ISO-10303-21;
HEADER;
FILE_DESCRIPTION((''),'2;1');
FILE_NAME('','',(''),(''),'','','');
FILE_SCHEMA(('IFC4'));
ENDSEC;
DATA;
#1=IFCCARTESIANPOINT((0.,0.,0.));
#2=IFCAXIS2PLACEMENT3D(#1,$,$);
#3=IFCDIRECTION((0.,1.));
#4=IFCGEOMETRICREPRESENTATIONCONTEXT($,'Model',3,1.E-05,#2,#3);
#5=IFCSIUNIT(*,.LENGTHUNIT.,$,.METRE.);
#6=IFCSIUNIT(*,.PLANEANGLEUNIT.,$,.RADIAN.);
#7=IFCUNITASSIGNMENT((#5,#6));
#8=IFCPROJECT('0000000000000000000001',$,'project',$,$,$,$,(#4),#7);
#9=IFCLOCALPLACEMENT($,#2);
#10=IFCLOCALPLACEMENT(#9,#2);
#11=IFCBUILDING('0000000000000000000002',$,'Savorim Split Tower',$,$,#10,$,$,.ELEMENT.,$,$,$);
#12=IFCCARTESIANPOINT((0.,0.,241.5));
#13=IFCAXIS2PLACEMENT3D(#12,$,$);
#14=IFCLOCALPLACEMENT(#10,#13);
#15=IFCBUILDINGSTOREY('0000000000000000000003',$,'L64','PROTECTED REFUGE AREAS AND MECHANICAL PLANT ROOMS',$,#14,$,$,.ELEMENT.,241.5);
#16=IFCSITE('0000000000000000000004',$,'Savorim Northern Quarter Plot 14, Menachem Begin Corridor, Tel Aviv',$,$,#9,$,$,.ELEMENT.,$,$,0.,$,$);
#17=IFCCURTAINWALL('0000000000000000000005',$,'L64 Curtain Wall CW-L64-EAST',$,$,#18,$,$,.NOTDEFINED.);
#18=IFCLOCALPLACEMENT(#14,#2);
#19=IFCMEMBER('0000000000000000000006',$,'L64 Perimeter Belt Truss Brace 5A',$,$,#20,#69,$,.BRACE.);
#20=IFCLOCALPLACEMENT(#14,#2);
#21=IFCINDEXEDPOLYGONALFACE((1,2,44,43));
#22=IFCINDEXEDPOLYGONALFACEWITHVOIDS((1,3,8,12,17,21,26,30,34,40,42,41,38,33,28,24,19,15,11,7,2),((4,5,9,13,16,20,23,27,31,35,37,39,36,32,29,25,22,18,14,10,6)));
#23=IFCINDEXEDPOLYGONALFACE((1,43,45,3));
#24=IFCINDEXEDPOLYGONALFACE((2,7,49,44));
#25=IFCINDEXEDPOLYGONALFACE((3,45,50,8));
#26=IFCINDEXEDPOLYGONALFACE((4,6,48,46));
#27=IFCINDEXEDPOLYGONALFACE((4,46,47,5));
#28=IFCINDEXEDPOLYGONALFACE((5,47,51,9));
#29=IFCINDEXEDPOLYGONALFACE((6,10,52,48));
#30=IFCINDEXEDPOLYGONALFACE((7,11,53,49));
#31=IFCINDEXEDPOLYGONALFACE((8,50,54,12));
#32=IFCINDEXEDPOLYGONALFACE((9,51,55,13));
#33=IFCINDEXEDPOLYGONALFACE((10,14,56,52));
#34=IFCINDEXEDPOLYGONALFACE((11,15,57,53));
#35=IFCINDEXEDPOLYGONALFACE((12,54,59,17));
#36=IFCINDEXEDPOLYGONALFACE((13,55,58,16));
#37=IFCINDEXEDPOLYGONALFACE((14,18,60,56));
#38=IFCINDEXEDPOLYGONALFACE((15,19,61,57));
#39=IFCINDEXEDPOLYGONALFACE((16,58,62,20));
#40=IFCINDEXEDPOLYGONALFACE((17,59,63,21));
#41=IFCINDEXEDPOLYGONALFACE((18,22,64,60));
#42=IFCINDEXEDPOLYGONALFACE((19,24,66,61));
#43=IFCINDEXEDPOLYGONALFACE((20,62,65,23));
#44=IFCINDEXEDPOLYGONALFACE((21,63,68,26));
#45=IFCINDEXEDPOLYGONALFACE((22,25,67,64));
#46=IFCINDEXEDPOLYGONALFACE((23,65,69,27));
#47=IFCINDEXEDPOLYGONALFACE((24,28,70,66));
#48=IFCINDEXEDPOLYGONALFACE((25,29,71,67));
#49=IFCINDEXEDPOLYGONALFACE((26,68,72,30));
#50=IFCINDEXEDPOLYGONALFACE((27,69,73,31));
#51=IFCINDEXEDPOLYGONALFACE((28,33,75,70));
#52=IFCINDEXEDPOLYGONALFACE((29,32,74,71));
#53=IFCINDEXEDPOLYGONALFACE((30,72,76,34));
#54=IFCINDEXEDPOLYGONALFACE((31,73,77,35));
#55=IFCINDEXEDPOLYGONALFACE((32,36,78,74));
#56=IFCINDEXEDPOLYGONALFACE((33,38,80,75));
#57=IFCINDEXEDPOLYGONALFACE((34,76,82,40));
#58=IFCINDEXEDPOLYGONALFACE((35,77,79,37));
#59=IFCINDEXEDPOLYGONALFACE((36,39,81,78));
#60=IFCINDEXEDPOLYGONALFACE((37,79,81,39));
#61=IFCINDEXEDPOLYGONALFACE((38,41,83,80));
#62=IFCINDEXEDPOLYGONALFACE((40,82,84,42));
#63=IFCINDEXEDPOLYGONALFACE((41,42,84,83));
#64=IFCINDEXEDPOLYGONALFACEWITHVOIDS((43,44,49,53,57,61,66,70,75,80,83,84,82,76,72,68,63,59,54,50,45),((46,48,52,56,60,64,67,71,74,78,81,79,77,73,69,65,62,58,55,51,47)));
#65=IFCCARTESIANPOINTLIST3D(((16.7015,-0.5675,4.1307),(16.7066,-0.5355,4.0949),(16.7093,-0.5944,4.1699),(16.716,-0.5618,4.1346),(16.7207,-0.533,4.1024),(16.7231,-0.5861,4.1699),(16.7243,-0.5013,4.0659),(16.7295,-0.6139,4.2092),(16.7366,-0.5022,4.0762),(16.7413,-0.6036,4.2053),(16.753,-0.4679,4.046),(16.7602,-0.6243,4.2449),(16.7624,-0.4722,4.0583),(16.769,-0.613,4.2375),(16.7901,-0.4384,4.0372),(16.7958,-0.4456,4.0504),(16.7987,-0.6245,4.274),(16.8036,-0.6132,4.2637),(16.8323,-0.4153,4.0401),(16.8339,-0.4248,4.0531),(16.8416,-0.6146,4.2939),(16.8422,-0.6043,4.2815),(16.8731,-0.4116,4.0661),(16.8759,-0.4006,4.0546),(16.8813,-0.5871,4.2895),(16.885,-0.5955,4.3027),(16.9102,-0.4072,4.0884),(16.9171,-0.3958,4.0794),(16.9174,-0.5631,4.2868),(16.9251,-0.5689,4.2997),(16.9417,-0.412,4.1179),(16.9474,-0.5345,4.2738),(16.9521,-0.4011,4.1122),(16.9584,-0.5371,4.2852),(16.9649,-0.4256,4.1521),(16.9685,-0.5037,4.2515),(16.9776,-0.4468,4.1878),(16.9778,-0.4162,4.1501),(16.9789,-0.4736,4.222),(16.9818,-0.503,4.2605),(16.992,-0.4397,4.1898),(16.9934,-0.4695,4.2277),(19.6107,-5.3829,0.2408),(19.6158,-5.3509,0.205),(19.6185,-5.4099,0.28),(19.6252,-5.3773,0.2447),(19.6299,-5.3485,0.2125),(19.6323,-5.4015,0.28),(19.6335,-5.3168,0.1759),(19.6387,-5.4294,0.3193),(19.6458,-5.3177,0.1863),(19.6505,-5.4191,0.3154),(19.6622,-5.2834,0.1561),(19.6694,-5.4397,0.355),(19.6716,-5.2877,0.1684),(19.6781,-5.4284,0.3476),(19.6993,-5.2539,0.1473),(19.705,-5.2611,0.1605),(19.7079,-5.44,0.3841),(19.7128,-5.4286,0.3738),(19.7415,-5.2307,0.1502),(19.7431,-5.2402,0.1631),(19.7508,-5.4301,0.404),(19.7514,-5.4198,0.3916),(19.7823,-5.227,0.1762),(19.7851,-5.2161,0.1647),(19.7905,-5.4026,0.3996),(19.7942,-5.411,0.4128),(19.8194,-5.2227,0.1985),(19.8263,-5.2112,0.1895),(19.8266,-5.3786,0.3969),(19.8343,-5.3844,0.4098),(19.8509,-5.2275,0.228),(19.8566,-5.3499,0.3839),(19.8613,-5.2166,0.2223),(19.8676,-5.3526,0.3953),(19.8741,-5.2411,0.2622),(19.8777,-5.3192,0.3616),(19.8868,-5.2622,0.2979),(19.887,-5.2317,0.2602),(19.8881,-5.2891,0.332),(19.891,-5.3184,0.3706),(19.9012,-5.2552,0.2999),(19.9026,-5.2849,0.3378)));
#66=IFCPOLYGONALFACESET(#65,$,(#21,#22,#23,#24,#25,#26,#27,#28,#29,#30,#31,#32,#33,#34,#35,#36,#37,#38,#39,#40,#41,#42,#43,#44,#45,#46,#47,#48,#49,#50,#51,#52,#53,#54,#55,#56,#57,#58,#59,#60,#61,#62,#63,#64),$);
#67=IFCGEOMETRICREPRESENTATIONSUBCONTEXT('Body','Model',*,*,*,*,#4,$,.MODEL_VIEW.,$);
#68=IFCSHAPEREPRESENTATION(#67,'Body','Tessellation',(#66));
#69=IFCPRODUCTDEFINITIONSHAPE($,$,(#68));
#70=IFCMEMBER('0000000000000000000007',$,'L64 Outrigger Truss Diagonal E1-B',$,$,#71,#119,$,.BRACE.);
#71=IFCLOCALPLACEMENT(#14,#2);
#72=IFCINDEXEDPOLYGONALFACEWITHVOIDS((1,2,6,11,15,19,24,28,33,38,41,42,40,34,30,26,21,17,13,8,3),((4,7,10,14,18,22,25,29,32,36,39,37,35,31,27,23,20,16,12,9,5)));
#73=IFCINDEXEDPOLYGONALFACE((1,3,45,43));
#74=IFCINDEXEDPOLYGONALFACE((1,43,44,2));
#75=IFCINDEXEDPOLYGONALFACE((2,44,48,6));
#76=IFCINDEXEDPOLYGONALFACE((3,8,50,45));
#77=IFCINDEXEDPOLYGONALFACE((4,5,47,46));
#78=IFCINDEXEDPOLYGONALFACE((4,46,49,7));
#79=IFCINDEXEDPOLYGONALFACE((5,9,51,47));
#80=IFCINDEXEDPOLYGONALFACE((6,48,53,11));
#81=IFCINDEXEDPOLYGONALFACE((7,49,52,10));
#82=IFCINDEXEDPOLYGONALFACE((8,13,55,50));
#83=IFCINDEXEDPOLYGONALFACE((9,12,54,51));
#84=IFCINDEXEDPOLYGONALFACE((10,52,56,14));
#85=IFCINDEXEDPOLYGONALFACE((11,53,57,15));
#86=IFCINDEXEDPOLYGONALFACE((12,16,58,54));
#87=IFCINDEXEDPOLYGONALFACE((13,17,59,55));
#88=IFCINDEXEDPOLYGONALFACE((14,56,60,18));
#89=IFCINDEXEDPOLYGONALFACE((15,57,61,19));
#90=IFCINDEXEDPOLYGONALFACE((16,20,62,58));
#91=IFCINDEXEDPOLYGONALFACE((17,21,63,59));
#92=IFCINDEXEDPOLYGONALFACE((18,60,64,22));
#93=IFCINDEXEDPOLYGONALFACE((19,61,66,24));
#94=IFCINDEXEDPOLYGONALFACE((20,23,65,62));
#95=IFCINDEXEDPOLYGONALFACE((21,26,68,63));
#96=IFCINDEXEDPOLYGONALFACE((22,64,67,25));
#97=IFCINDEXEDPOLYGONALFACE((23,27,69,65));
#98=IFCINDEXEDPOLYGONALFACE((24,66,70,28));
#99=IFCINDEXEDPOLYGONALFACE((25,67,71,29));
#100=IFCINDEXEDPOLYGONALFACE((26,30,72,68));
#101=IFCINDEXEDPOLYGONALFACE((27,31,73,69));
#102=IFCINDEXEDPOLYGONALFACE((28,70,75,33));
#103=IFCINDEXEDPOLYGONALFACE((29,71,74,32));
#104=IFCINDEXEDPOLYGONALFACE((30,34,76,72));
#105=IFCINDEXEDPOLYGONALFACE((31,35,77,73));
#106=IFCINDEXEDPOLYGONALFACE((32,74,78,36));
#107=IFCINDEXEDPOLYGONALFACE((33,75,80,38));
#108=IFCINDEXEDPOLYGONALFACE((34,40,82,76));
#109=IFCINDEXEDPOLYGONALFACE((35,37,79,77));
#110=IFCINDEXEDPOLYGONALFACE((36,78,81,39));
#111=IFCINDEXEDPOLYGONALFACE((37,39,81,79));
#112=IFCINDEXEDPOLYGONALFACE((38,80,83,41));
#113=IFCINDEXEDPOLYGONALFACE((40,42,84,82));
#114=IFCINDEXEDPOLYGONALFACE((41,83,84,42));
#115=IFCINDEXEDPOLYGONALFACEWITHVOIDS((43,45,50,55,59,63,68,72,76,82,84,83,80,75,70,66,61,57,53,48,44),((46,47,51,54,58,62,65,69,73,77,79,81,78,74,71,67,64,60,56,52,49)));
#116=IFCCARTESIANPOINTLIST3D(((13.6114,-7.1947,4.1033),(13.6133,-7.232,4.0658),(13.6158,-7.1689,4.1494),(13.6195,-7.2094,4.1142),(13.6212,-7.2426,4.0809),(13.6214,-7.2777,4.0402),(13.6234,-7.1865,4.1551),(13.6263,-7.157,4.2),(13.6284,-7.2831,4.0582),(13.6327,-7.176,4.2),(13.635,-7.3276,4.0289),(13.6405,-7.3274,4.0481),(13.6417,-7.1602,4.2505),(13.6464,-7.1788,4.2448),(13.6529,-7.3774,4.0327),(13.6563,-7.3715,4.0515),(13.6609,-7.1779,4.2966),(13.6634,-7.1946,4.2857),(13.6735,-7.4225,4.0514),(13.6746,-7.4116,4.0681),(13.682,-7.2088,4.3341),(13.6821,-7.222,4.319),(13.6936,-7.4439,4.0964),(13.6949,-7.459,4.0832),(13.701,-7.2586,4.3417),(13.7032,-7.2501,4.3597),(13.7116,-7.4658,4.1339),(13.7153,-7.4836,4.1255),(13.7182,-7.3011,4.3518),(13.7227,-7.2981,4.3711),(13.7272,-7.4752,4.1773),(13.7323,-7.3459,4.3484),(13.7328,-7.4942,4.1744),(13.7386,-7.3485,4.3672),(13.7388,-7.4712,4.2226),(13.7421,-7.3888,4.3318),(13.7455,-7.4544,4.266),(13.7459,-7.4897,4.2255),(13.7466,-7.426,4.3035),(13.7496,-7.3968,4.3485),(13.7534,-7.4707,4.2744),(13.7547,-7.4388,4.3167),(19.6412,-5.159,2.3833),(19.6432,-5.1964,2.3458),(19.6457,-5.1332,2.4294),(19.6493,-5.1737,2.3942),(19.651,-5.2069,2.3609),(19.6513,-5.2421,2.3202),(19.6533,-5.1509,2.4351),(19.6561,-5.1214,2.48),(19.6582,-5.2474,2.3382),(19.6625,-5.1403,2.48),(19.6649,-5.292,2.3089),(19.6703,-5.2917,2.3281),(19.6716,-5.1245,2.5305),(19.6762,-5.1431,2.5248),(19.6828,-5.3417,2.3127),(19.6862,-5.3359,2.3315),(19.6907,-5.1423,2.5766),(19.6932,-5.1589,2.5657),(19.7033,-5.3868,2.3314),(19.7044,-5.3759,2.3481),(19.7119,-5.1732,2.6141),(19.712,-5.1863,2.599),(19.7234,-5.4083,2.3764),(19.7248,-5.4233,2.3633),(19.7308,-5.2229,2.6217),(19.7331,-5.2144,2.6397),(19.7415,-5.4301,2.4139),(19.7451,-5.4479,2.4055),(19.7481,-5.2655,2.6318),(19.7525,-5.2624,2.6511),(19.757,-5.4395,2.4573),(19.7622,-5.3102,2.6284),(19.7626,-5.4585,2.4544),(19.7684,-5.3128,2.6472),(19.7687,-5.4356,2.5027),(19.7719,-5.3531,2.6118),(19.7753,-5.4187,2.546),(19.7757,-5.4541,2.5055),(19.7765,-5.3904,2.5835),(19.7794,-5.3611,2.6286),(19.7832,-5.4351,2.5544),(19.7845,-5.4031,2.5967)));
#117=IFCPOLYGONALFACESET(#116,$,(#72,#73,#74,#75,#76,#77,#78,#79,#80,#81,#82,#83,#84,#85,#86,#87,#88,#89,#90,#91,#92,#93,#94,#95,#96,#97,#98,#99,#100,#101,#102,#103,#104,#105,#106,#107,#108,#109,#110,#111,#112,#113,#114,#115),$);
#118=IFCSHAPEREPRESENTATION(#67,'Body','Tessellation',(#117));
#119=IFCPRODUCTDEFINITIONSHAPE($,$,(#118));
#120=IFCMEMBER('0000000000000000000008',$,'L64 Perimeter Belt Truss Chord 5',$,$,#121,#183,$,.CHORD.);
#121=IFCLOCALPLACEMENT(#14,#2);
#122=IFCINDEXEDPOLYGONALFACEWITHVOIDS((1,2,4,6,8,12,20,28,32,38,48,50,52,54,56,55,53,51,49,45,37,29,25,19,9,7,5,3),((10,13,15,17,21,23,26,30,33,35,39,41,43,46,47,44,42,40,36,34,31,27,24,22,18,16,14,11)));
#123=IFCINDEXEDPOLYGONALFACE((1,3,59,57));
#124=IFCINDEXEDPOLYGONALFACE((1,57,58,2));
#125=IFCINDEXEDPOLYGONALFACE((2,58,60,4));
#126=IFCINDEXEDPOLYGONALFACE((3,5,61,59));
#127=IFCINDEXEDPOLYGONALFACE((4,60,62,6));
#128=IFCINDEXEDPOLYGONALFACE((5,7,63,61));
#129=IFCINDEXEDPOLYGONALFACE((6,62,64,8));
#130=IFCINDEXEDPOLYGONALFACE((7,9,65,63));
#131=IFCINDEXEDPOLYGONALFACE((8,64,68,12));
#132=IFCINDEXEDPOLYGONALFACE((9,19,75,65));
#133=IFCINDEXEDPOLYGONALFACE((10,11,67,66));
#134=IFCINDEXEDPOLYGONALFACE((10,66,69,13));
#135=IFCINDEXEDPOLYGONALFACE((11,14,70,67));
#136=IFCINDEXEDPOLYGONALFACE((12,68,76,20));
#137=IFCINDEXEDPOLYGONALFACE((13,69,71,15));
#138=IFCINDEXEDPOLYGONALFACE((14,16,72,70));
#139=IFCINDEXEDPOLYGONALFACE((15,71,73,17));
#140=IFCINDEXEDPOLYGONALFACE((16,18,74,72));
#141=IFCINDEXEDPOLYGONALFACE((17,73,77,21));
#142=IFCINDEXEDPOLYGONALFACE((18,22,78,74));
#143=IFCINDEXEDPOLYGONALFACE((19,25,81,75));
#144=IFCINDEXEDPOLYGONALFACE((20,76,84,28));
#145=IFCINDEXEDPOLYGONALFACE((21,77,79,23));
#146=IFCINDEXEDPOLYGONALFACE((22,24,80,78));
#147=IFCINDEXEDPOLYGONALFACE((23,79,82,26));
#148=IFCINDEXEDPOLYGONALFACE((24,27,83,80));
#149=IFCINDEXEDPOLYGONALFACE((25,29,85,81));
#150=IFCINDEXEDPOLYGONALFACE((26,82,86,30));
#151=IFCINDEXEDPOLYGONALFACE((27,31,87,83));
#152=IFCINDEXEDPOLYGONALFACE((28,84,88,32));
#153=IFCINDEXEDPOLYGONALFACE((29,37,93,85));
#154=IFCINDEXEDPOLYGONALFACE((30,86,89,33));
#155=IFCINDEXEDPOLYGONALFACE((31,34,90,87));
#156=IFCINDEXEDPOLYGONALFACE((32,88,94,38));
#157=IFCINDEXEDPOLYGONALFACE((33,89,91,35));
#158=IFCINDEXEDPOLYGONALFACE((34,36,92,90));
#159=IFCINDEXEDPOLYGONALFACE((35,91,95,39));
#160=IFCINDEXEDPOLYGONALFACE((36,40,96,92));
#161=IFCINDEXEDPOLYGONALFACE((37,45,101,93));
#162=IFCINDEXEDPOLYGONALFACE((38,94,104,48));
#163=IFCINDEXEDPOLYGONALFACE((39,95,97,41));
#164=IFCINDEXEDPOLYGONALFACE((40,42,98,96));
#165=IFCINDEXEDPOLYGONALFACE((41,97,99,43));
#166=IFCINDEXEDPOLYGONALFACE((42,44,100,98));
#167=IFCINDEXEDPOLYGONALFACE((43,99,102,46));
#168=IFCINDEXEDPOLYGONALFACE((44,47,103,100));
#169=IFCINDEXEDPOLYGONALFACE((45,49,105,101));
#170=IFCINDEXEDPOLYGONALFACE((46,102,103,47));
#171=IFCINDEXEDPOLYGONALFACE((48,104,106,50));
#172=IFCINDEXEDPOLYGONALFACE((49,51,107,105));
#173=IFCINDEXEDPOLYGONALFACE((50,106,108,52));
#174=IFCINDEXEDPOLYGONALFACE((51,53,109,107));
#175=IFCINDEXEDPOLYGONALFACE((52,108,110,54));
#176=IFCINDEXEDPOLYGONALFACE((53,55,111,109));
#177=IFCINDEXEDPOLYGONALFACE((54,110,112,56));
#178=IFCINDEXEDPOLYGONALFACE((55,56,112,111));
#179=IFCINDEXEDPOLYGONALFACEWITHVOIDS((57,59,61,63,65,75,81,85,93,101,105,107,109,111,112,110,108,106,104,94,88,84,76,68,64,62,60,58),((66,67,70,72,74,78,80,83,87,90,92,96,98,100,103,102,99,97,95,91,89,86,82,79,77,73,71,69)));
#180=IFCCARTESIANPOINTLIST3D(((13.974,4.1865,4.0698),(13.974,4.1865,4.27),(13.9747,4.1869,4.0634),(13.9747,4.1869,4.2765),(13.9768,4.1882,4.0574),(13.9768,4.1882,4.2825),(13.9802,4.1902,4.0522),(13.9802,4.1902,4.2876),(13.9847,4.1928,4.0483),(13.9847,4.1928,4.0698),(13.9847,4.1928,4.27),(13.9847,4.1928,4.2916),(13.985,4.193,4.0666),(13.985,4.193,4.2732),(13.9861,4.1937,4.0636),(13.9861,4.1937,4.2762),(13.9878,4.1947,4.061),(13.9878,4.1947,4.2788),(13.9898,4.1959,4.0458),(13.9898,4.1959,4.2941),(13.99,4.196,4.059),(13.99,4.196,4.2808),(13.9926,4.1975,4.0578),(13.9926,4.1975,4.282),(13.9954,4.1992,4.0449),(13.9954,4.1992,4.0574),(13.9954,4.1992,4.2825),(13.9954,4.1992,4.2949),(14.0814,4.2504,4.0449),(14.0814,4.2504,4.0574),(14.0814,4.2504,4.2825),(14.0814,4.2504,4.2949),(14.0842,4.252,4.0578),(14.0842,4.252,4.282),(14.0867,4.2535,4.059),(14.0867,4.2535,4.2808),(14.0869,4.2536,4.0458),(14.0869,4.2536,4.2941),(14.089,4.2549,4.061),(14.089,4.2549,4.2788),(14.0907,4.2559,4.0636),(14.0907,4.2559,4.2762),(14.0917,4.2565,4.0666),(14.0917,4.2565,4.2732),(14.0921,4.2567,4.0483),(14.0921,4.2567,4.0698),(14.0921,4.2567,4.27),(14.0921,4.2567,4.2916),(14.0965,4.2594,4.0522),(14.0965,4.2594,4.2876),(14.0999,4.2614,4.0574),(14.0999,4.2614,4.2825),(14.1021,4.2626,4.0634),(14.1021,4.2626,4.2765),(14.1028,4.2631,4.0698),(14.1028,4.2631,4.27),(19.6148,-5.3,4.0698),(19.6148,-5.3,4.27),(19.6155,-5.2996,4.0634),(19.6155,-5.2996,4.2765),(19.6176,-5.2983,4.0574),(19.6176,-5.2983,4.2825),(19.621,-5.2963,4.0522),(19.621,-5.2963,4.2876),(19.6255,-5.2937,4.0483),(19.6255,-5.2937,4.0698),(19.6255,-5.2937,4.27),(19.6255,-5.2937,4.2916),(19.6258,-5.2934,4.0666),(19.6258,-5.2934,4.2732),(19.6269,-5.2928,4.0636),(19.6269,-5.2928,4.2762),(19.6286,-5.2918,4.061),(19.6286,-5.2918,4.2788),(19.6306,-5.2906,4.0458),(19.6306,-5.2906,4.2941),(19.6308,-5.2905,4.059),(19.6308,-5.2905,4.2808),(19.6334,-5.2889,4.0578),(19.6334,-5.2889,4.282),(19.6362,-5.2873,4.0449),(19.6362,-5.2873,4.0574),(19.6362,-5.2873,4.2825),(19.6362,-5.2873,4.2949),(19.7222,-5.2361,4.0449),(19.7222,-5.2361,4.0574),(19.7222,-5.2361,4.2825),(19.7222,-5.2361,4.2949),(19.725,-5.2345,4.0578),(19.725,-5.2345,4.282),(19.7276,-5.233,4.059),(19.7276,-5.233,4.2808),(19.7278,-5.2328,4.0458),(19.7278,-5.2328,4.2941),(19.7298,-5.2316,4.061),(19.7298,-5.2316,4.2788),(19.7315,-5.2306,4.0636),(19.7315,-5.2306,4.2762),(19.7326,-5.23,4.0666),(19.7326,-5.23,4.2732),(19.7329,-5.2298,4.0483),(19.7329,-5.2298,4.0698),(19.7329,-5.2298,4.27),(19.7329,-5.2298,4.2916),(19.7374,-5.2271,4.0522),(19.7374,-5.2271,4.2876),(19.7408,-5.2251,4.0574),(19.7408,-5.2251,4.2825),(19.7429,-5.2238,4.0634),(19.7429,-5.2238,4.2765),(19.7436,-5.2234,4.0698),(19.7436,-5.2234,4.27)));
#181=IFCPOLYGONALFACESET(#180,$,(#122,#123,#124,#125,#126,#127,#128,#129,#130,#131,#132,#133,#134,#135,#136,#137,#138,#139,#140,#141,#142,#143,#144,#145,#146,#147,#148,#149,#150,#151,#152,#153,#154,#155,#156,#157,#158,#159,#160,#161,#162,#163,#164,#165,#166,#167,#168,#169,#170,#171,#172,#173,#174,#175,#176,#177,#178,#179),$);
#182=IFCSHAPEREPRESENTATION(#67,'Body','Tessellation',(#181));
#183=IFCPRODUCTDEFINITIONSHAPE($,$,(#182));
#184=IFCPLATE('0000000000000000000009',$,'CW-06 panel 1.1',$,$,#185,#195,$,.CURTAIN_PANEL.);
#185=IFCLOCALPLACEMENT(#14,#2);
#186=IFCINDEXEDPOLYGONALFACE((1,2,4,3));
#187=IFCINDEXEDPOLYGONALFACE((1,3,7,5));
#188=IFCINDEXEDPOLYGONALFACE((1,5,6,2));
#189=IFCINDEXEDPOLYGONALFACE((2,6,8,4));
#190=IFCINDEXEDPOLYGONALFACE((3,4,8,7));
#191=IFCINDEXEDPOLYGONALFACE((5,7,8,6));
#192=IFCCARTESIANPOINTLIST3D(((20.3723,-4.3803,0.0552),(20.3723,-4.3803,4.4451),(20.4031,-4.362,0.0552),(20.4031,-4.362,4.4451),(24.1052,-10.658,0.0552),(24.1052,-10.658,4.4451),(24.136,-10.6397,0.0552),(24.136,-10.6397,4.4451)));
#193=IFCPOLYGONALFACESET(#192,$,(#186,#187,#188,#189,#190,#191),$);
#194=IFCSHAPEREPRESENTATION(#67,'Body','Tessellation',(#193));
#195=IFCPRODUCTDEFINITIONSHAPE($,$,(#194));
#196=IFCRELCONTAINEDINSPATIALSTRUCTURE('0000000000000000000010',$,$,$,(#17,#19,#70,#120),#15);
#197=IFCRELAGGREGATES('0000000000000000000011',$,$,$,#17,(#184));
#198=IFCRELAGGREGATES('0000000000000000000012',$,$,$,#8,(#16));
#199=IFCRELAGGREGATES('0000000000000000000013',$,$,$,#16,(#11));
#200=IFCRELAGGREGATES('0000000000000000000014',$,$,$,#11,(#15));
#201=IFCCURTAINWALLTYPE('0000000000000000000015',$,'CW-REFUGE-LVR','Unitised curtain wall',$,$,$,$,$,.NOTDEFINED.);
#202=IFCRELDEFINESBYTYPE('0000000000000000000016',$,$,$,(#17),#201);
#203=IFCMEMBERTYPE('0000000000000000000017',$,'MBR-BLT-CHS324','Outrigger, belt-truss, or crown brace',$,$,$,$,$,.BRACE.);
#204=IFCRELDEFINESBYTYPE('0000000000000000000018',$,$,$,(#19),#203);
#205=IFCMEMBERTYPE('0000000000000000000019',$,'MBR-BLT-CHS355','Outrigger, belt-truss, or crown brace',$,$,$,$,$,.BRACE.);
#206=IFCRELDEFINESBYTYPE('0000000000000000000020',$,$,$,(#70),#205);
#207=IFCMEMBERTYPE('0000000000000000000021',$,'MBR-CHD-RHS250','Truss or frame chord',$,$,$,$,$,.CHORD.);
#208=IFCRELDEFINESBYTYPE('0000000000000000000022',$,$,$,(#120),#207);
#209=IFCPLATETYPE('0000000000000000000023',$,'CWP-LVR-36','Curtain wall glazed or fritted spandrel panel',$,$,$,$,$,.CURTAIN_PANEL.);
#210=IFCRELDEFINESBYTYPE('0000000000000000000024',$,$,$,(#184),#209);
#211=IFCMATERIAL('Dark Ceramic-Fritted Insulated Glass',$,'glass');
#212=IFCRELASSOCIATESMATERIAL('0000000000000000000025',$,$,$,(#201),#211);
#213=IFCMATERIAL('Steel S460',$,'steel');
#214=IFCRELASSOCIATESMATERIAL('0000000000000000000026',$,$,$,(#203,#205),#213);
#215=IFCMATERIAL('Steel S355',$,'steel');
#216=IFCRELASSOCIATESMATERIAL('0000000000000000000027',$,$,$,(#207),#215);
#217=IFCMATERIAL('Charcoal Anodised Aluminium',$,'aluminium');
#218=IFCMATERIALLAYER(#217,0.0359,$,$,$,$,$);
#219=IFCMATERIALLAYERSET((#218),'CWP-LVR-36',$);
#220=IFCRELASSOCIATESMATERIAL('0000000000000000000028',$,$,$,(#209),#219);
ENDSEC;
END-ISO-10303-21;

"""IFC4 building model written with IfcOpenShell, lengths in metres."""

from ifc_helpers import new_model, si_unit, direction, frame, origin, origin_2d, place, context, subcontext, project, spatial, rectangle, hollow_rectangle, hollow_circle, extrude, material, layer, layer_set, material_profile, profile_set, type_object, element, aggregate, save


model = new_model("IFC4")

# Units and contexts
model_context = context("Model", 3, precision=1e-05, world=origin(), true_north=direction((0.0, 1.0)))
body_context = subcontext(model_context, "Body", "Model", "MODEL_VIEW")
ifc_project = project(units=[si_unit("LENGTHUNIT", "METRE"), si_unit("PLANEANGLEUNIT", "RADIAN")], contexts=[model_context])

# Site, building, storey
site_placement = place(None, origin())
site = spatial("IfcSite", under=ifc_project, at=site_placement, Name="Savorim Northern Quarter Plot 14, Menachem Begin Corridor, Tel Aviv", CompositionType="ELEMENT", RefElevation=0.0)
building_placement = place(site_placement, origin())
building = spatial("IfcBuilding", under=site, at=building_placement, Name="Savorim Split Tower", CompositionType="ELEMENT")
storey_placement = place(building_placement, frame((0.0, 0.0, 241.5)))
storey = spatial("IfcBuildingStorey", under=building, at=storey_placement, Name="L64", Description="PROTECTED REFUGE AREAS AND MECHANICAL PLANT ROOMS", CompositionType="ELEMENT", Elevation=241.5)

# Shared definitions
ifc_material_1 = material(Name="Steel S355", Category="steel")

# Curtain wall
ifc_material_2 = material(Name="Dark Ceramic-Fritted Insulated Glass", Category="glass")
curtain_wall_type = type_object("IfcCurtainWallType", Name="CW-REFUGE-LVR", Description="Unitised curtain wall", PredefinedType="NOTDEFINED", material=ifc_material_2)
curtain_wall_placement = place(storey_placement, origin())
curtain_wall = element("IfcCurtainWall", 1, at=curtain_wall_placement, inside=storey, type_object=curtain_wall_type, Name="L64 Curtain Wall CW-L64-EAST", PredefinedType="NOTDEFINED")
ifc_material_3 = material(Name="Charcoal Anodised Aluminium", Category="aluminium")

# Members
ifc_material_4 = material(Name="Steel S460", Category="steel")
ifc_material_profile_1 = material_profile(ifc_material_4, hollow_circle(Radius=0.1619, WallThickness=0.0161, at=origin_2d()), Name="CHS 323.9x16")
ifc_profile_set_1 = profile_set([ifc_material_profile_1], Name="Steel S460")
member_type_1 = type_object("IfcMemberType", Name="MBR-BLT-CHS324", Description="Outrigger, belt-truss, or crown brace", PredefinedType="BRACE", material=ifc_profile_set_1)
member_1_placement = place(storey_placement, frame((19.7571, -5.3262, 0.28), z_axis=(-0.425331, 0.70403, 0.568714), x_axis=(-0.855927, -0.517097, 0.0)))
element("IfcMember", 2, at=member_1_placement, inside=storey, type_object=member_type_1, Name="L64 Perimeter Belt Truss Brace 5A", PredefinedType="BRACE", context=body_context, shape_type="SweptSolid", body=[
    extrude(hollow_circle(Radius=0.1619, WallThickness=0.0161, at=origin_2d()), origin(), (0.0, 0.0, 1.0), 6.8398),
])
ifc_material_profile_2 = material_profile(ifc_material_4, hollow_circle(Radius=0.1777, WallThickness=0.02, at=origin_2d()), Name="CHS 355.6x20")
ifc_profile_set_2 = profile_set([ifc_material_profile_2], Name="Steel S460")
member_type_2 = type_object("IfcMemberType", Name="MBR-BLT-CHS355", Description="Outrigger, belt-truss, or crown brace", PredefinedType="BRACE", material=ifc_profile_set_2)
member_2_placement = place(storey_placement, frame((13.6831, -7.3254, 4.2), z_axis=(0.914649, 0.308784, -0.2609), x_axis=(-0.319862, 0.947464, 0.0)))
element("IfcMember", 3, at=member_2_placement, inside=storey, type_object=member_type_2, Name="L64 Outrigger Truss Diagonal E1-B", PredefinedType="BRACE", context=body_context, shape_type="SweptSolid", body=[
    extrude(hollow_circle(Radius=0.1777, WallThickness=0.02, at=origin_2d()), origin(), (0.0, 0.0, 1.0), 6.5925),
])
ifc_material_profile_3 = material_profile(ifc_material_1, hollow_rectangle(XDim=0.1499, YDim=0.25, WallThickness=0.0125, InnerFilletRadius=0.0125, OuterFilletRadius=0.0249, at=origin_2d()), Name="RHS 250x150x12.5")
ifc_profile_set_3 = profile_set([ifc_material_profile_3], Name="Steel S355")
member_type_3 = type_object("IfcMemberType", Name="MBR-CHD-RHS250", Description="Truss or frame chord", PredefinedType="CHORD", material=ifc_profile_set_3)
member_3_placement = place(storey_placement, frame((19.6792, -5.2617, 4.1699), z_axis=(-0.511089, 0.859528, 0.0), x_axis=(-0.859528, -0.511089, 0.0)))
element("IfcMember", 4, at=member_3_placement, inside=storey, type_object=member_type_3, Name="L64 Perimeter Belt Truss Chord 5", PredefinedType="CHORD", context=body_context, shape_type="SweptSolid", body=[
    extrude(hollow_rectangle(XDim=0.1499, YDim=0.25, WallThickness=0.0125, InnerFilletRadius=0.0125, OuterFilletRadius=0.0249, at=origin_2d()), origin(), (0.0, 0.0, 1.0), 11.0369),
])

# Plate
ifc_layer_1 = layer(ifc_material_3, 0.0359)
ifc_layer_set_1 = layer_set([ifc_layer_1], Name="CWP-LVR-36")
plate_type_1 = type_object("IfcPlateType", Name="CWP-LVR-36", Description="Curtain wall glazed or fritted spandrel panel", PredefinedType="CURTAIN_PANEL", material=ifc_layer_set_1)
plate_1_placement = place(storey_placement, frame((22.2542, -7.51, 0.0552), z_axis=(0.0, 0.0, 1.0), x_axis=(-0.51109, 0.859527, 0.0)))
plate_1 = element("IfcPlate", 5, at=plate_1_placement, type_object=plate_type_1, Name="CW-06 panel 1.1", PredefinedType="CURTAIN_PANEL", context=body_context, shape_type="SweptSolid", body=[
    extrude(rectangle(XDim=7.3037, YDim=0.0359, at=origin_2d()), origin(), (0.0, 0.0, 1.0), 4.3899),
])
aggregate(curtain_wall, [plate_1])

save(model, "model.ifc")
